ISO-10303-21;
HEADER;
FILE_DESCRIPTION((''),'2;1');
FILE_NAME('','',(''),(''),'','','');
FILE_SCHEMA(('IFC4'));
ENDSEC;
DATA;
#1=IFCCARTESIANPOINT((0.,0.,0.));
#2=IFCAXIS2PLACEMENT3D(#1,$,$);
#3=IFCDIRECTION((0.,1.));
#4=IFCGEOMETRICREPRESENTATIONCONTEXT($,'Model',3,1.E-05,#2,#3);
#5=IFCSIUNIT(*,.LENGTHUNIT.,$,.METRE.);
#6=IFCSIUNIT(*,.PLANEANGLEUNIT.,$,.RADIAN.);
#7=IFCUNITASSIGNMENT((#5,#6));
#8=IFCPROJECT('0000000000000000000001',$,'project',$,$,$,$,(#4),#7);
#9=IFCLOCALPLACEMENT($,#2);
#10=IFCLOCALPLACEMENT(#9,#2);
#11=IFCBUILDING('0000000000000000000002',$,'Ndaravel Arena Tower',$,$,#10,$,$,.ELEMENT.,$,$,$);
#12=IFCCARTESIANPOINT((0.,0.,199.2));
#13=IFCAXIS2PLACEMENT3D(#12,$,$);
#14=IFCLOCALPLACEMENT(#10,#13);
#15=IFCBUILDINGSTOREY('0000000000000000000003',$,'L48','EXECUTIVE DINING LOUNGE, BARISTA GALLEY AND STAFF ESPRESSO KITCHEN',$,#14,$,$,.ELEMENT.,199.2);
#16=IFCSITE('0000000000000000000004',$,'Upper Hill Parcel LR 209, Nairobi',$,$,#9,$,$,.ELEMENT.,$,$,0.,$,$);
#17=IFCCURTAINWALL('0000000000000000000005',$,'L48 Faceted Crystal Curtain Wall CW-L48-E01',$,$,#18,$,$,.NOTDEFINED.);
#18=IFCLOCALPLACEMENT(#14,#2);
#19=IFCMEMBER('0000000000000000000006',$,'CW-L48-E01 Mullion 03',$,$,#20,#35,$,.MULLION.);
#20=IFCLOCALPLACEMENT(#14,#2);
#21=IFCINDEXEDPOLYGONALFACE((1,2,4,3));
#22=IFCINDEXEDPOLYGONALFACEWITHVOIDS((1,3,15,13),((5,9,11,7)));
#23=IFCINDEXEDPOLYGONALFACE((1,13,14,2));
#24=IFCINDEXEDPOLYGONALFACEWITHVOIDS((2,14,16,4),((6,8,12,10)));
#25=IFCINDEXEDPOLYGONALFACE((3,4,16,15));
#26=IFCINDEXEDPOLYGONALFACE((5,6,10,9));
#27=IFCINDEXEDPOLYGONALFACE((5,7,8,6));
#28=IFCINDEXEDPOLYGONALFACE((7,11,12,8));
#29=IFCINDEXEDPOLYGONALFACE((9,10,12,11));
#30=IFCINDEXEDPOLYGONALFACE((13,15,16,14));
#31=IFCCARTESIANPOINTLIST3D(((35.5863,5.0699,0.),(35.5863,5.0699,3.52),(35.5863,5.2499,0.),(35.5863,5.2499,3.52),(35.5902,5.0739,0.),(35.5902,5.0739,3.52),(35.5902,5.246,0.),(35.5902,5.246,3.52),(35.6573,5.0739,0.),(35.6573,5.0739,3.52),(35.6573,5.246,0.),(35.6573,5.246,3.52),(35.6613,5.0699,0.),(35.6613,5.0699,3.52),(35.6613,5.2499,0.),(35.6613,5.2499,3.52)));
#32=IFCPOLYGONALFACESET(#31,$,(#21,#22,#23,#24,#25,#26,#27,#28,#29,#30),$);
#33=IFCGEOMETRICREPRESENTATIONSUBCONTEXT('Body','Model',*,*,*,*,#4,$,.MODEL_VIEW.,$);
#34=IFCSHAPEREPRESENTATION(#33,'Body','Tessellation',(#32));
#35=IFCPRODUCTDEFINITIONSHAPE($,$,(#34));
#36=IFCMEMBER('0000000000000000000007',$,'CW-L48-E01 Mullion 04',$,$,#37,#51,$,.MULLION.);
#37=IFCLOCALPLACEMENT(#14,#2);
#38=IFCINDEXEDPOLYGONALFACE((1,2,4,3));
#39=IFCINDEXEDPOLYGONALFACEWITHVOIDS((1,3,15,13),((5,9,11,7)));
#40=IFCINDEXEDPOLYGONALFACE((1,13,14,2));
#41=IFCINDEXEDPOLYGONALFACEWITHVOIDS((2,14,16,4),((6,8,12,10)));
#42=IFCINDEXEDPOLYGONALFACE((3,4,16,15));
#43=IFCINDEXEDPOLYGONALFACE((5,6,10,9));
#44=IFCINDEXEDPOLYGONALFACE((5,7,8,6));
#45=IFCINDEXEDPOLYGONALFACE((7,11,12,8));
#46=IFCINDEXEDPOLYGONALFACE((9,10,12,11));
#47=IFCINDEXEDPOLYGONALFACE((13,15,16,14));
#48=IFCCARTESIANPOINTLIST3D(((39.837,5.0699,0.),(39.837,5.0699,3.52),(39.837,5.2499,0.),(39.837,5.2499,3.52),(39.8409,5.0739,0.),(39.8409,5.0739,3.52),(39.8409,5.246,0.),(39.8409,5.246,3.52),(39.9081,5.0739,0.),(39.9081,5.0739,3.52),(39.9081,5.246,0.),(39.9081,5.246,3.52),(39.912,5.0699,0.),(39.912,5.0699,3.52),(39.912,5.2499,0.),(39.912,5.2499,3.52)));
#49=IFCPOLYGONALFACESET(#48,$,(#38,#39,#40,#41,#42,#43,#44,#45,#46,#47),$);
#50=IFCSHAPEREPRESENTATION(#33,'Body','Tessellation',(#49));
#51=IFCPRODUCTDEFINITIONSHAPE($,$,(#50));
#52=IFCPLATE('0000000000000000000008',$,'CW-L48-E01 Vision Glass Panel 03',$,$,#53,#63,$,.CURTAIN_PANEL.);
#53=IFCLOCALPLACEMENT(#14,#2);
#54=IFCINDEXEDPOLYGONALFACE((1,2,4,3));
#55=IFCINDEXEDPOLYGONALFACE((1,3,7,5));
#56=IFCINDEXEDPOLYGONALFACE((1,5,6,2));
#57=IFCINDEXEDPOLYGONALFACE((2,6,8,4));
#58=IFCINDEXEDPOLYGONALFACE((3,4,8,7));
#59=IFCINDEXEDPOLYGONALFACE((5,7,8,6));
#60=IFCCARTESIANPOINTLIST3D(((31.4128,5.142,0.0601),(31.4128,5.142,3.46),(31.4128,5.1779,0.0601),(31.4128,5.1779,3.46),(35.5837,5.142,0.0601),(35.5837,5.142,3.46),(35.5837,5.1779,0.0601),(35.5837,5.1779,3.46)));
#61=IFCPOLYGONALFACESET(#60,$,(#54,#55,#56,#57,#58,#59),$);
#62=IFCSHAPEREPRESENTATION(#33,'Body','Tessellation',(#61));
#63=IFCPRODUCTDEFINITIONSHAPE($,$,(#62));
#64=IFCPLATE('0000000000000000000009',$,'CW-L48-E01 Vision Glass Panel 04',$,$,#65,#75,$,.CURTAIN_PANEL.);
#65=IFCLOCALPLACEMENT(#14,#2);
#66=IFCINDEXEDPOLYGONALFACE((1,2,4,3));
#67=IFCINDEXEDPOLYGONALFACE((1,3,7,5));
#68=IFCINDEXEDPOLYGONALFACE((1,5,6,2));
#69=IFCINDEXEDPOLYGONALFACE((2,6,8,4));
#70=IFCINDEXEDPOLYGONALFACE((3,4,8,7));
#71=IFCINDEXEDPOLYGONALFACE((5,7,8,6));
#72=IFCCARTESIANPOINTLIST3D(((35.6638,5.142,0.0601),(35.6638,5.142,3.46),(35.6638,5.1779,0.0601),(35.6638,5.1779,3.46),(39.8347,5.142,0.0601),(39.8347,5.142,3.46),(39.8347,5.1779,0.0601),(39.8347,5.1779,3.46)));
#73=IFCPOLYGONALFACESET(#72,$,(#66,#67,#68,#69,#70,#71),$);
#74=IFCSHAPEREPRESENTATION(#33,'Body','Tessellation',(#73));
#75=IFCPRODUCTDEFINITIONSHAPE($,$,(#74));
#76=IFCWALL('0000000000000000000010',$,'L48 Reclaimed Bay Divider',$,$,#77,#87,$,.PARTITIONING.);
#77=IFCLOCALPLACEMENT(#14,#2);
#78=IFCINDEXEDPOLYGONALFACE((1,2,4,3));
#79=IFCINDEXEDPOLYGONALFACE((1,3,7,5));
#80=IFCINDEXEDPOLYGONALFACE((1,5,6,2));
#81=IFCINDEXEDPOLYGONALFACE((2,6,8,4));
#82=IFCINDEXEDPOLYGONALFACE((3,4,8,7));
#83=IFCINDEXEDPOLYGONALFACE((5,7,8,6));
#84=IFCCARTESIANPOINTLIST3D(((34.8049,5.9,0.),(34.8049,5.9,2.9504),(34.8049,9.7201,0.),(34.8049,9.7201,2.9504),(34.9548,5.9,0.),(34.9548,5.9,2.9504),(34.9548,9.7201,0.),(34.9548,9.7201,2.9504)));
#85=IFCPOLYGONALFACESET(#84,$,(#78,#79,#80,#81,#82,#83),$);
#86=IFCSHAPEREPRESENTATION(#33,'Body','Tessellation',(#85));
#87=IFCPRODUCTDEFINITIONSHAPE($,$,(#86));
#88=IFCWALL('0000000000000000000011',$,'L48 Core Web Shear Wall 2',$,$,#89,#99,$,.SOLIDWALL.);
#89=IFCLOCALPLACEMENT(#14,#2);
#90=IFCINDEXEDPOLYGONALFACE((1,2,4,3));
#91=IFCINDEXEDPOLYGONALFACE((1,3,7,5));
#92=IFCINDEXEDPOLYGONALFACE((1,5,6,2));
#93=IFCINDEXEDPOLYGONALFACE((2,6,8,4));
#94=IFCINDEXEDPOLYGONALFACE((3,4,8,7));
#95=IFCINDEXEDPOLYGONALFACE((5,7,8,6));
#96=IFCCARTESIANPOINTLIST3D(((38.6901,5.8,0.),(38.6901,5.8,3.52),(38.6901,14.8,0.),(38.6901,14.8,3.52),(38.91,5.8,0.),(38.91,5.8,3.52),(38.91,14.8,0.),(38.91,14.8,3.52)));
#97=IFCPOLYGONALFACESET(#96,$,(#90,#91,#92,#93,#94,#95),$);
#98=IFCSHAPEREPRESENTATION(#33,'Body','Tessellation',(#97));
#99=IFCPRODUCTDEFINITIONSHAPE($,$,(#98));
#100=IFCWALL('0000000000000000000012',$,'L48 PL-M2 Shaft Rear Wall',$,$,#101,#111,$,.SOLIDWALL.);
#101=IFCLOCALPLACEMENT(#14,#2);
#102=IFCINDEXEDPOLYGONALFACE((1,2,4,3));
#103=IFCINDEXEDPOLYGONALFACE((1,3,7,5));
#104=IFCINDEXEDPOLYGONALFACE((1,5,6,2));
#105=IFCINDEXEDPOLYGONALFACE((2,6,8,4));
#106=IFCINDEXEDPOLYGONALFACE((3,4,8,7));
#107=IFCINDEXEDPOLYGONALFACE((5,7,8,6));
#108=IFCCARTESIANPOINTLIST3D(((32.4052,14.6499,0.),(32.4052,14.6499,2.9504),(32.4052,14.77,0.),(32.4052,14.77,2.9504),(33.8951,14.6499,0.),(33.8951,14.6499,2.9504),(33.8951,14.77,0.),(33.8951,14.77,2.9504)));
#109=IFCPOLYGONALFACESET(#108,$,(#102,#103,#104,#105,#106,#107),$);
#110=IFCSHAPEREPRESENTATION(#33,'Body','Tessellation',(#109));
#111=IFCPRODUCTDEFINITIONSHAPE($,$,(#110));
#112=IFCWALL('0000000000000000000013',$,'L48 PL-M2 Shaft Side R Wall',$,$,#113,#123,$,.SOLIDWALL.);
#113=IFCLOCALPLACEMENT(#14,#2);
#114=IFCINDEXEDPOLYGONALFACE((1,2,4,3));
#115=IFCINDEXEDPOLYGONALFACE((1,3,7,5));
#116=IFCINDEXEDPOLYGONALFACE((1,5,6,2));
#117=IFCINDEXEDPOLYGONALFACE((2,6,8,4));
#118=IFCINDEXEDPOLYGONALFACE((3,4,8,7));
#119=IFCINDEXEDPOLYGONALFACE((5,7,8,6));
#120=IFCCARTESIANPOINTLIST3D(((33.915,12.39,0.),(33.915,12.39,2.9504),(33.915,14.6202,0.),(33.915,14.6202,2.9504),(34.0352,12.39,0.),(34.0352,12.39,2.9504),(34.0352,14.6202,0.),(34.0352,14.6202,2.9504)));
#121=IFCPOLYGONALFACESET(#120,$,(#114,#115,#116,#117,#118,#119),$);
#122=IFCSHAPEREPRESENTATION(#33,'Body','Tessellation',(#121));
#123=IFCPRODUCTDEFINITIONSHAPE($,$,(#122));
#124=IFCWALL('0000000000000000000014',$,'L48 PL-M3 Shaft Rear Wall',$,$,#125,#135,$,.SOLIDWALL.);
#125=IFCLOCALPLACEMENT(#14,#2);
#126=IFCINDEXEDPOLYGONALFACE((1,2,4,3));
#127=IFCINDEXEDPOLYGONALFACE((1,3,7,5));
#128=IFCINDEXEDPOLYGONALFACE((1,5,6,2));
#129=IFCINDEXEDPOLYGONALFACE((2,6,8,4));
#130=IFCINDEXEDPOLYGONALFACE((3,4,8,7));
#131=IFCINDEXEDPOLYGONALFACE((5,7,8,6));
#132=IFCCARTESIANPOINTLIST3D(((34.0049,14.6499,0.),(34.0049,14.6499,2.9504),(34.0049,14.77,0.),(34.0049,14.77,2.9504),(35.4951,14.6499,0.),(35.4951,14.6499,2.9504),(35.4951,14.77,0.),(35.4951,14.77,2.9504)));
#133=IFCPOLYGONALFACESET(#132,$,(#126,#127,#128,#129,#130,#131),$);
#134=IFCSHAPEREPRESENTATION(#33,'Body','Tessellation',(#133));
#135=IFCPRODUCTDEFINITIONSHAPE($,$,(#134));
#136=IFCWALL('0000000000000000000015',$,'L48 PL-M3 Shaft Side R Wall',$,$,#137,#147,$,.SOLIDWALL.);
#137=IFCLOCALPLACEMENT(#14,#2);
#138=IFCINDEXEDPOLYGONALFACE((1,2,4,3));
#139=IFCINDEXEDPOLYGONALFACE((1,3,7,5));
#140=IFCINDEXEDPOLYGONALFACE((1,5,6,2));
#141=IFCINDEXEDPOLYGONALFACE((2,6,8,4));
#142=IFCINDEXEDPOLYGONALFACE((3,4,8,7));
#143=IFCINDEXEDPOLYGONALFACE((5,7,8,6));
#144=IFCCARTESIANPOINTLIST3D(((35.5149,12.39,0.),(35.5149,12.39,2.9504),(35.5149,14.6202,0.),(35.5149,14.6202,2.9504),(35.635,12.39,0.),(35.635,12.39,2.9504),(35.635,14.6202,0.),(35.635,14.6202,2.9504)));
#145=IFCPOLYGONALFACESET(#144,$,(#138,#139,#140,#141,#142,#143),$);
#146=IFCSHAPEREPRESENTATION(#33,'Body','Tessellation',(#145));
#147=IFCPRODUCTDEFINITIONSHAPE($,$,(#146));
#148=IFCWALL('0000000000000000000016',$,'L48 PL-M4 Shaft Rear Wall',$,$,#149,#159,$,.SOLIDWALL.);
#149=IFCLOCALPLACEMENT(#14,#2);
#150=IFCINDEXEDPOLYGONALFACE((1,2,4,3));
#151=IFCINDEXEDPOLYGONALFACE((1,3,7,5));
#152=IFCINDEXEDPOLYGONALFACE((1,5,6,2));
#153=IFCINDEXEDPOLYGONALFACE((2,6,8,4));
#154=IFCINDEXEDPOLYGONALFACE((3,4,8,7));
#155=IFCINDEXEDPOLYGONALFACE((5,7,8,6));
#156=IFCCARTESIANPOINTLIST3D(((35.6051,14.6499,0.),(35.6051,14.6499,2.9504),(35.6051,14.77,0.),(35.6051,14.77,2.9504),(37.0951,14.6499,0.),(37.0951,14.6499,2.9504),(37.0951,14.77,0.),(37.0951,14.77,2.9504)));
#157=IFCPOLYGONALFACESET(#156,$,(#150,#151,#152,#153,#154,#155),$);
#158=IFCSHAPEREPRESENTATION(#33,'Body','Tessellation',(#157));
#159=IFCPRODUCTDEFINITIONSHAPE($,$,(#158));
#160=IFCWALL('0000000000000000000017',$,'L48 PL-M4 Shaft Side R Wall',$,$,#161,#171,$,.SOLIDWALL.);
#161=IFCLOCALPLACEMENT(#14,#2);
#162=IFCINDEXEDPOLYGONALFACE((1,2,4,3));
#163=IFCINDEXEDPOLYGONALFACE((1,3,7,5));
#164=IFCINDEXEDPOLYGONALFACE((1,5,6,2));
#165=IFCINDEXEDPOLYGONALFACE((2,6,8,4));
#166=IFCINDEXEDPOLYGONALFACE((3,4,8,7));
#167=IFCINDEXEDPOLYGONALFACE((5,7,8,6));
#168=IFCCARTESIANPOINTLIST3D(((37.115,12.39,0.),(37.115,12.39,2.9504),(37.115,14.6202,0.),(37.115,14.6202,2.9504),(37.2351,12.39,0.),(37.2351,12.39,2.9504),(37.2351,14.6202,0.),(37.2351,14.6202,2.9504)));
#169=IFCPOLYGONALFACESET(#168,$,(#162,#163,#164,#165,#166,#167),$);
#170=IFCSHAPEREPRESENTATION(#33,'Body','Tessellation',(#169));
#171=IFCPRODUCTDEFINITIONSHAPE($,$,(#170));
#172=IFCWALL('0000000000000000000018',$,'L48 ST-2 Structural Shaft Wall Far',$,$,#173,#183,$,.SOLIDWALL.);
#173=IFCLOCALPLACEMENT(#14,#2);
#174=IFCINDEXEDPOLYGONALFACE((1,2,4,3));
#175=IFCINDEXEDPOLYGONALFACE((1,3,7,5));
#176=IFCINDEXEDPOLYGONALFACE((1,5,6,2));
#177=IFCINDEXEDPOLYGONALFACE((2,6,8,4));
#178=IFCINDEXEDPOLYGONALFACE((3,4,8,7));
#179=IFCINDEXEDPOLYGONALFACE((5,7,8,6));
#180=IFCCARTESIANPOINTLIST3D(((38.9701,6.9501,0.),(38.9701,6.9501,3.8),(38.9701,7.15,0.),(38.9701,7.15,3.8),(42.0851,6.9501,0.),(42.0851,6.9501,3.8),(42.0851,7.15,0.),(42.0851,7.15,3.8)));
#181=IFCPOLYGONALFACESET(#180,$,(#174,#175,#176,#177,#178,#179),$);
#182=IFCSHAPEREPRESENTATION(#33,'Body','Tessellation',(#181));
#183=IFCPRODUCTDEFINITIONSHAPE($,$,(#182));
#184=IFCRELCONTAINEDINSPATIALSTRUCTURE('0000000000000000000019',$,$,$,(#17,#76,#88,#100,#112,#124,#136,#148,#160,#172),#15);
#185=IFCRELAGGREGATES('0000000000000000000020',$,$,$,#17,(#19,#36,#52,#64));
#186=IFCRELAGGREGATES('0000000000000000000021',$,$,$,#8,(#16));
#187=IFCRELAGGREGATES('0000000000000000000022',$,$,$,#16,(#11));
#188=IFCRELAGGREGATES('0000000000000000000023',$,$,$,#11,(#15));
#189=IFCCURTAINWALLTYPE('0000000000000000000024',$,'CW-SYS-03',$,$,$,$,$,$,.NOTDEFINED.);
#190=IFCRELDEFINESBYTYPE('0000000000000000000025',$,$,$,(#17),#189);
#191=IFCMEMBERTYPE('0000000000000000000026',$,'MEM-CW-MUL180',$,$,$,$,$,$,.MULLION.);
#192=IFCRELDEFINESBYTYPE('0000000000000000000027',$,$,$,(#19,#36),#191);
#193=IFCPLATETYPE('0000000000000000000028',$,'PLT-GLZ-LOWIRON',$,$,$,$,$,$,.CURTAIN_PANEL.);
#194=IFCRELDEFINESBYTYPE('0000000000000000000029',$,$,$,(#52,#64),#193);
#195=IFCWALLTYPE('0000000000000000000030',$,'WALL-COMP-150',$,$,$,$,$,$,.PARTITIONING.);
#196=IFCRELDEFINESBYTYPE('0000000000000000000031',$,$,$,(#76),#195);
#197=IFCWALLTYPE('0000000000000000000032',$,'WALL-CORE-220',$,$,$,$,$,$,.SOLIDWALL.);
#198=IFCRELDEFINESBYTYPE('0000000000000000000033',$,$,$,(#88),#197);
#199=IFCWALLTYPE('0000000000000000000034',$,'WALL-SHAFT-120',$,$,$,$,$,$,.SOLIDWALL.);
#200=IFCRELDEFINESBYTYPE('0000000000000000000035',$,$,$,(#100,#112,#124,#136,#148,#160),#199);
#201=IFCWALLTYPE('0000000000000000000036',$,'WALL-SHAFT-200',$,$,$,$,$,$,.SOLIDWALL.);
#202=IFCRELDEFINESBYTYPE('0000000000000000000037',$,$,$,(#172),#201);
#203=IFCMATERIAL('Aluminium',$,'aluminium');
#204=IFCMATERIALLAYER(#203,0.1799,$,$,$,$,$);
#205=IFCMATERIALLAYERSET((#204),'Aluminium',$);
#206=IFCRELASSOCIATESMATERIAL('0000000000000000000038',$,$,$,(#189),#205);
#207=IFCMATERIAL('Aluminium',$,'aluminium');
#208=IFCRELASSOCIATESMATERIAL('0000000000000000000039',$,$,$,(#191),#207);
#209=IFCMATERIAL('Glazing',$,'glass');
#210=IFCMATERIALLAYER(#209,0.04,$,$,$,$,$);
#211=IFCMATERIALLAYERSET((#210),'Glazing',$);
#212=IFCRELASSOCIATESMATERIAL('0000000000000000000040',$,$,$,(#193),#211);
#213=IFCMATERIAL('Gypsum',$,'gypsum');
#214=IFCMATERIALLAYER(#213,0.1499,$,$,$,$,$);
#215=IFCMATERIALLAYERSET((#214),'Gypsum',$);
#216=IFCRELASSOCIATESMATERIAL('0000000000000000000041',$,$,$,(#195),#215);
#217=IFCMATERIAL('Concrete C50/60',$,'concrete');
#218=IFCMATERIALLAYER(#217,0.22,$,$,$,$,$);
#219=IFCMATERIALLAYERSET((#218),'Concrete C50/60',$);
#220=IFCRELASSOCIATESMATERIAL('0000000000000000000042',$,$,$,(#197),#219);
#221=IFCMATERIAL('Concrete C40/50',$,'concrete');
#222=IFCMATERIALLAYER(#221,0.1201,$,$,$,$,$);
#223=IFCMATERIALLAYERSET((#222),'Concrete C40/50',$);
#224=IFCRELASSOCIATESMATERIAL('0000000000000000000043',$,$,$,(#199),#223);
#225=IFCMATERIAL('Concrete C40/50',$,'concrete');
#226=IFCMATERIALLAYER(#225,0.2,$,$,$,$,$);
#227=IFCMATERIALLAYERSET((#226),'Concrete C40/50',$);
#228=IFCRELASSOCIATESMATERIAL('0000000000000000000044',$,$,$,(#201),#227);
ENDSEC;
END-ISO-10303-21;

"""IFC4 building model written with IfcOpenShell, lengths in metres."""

from ifc_helpers import new_model, si_unit, direction, frame, frame_2d, origin, origin_2d, place, context, subcontext, project, spatial, rectangle, hollow_rectangle, extrude, material, layer, layer_set, material_profile, profile_set, type_object, element, aggregate, save


model = new_model("IFC4")

# Units and contexts
model_context = context("Model", 3, precision=1e-05, world=origin(), true_north=direction((0.0, 1.0)))
body_context = subcontext(model_context, "Body", "Model", "MODEL_VIEW")
ifc_project = project(units=[si_unit("LENGTHUNIT", "METRE"), si_unit("PLANEANGLEUNIT", "RADIAN")], contexts=[model_context])

# Site, building, storey
site_placement = place(None, origin())
site = spatial("IfcSite", under=ifc_project, at=site_placement, Name="Upper Hill Parcel LR 209, Nairobi", CompositionType="ELEMENT", RefElevation=0.0)
building_placement = place(site_placement, origin())
building = spatial("IfcBuilding", under=site, at=building_placement, Name="Ndaravel Arena Tower", CompositionType="ELEMENT")
storey_placement = place(building_placement, frame((0.0, 0.0, 199.2)))
storey = spatial("IfcBuildingStorey", under=building, at=storey_placement, Name="L48", Description="EXECUTIVE DINING LOUNGE, BARISTA GALLEY AND STAFF ESPRESSO KITCHEN", CompositionType="ELEMENT", Elevation=199.2)

# Curtain wall, members, plates
ifc_material_1 = material(Name="Aluminium", Category="aluminium")
ifc_layer_1 = layer(ifc_material_1, 0.1799)
ifc_layer_set_1 = layer_set([ifc_layer_1], Name="Aluminium")
curtain_wall_type = type_object("IfcCurtainWallType", Name="CW-SYS-03", PredefinedType="NOTDEFINED", material=ifc_layer_set_1)
curtain_wall_placement = place(storey_placement, origin())
curtain_wall = element("IfcCurtainWall", 1, at=curtain_wall_placement, inside=storey, type_object=curtain_wall_type, Name="L48 Faceted Crystal Curtain Wall CW-L48-E01", PredefinedType="NOTDEFINED")
ifc_material_2 = material(Name="Aluminium", Category="aluminium")
ifc_material_profile = material_profile(ifc_material_2, hollow_rectangle(XDim=0.075, YDim=0.1799, WallThickness=0.0039, at=origin_2d()), Name="CW MULLION 75x180x4")
ifc_profile_set = profile_set([ifc_material_profile], Name="Aluminium")
member_type = type_object("IfcMemberType", Name="MEM-CW-MUL180", PredefinedType="MULLION", material=ifc_profile_set)
member_1_placement = place(storey_placement, frame((35.6238, 5.1599, 0.0), z_axis=(0.0, 0.0, 1.0), x_axis=(1.0, 0.0, 0.0)))
member_1 = element("IfcMember", 2, at=member_1_placement, type_object=member_type, Name="CW-L48-E01 Mullion 03", PredefinedType="MULLION", context=body_context, shape_type="SweptSolid", body=[
    extrude(hollow_rectangle(XDim=0.075, YDim=0.1799, WallThickness=0.0039, at=origin_2d()), origin(), (0.0, 0.0, 1.0), 3.52),
])
member_2_placement = place(storey_placement, frame((39.8745, 5.1599, 0.0), z_axis=(0.0, 0.0, 1.0), x_axis=(1.0, 0.0, 0.0)))
member_2 = element("IfcMember", 3, at=member_2_placement, type_object=member_type, Name="CW-L48-E01 Mullion 04", PredefinedType="MULLION", context=body_context, shape_type="SweptSolid", body=[
    extrude(hollow_rectangle(XDim=0.075, YDim=0.1799, WallThickness=0.0039, at=origin_2d()), origin(), (0.0, 0.0, 1.0), 3.52),
])
ifc_material_3 = material(Name="Glazing", Category="glass")
ifc_layer_2 = layer(ifc_material_3, 0.04)
ifc_layer_set_2 = layer_set([ifc_layer_2], Name="Glazing")
plate_type = type_object("IfcPlateType", Name="PLT-GLZ-LOWIRON", PredefinedType="CURTAIN_PANEL", material=ifc_layer_set_2)
plate_1_placement = place(storey_placement, frame((33.4983, 5.1599, 0.0601), z_axis=(0.0, 0.0, 1.0), x_axis=(1.0, 0.0, 0.0)))
plate_1 = element("IfcPlate", 4, at=plate_1_placement, type_object=plate_type, Name="CW-L48-E01 Vision Glass Panel 03", PredefinedType="CURTAIN_PANEL", context=body_context, shape_type="SweptSolid", body=[
    extrude(rectangle(XDim=4.1709, YDim=0.0359, at=origin_2d()), origin(), (0.0, 0.0, 1.0), 3.3999),
])
plate_2_placement = place(storey_placement, frame((37.7493, 5.1599, 0.0601), z_axis=(0.0, 0.0, 1.0), x_axis=(1.0, 0.0, 0.0)))
plate_2 = element("IfcPlate", 5, at=plate_2_placement, type_object=plate_type, Name="CW-L48-E01 Vision Glass Panel 04", PredefinedType="CURTAIN_PANEL", context=body_context, shape_type="SweptSolid", body=[
    extrude(rectangle(XDim=4.1709, YDim=0.0359, at=origin_2d()), origin(), (0.0, 0.0, 1.0), 3.3999),
])
aggregate(curtain_wall, [member_1, member_2, plate_1, plate_2])

# Walls
ifc_material_4 = material(Name="Gypsum", Category="gypsum")
ifc_layer_3 = layer(ifc_material_4, 0.1499)
ifc_layer_set_3 = layer_set([ifc_layer_3], Name="Gypsum")
wall_type_1 = type_object("IfcWallType", Name="WALL-COMP-150", PredefinedType="PARTITIONING", material=ifc_layer_set_3)
wall_1_placement = place(storey_placement, frame((34.8799, 5.8999, 0.0), z_axis=(0.0, 0.0, 1.0), x_axis=(0.0, 1.0, 0.0)))
element("IfcWall", 6, at=wall_1_placement, inside=storey, type_object=wall_type_1, Name="L48 Reclaimed Bay Divider", PredefinedType="PARTITIONING", context=body_context, shape_type="SweptSolid", body=[
    extrude(rectangle(XDim=3.8201, YDim=0.1499, at=frame_2d((1.9102, 0.0))), origin(), (0.0, 0.0, 1.0), 2.9504),
])
ifc_material_5 = material(Name="Concrete C50/60", Category="concrete")
ifc_layer_4 = layer(ifc_material_5, 0.22)
ifc_layer_set_4 = layer_set([ifc_layer_4], Name="Concrete C50/60")
wall_type_2 = type_object("IfcWallType", Name="WALL-CORE-220", PredefinedType="SOLIDWALL", material=ifc_layer_set_4)
wall_2_placement = place(storey_placement, frame((38.8, 5.8, 0.0), z_axis=(0.0, 0.0, 1.0), x_axis=(0.0, 1.0, 0.0)))
element("IfcWall", 7, at=wall_2_placement, inside=storey, type_object=wall_type_2, Name="L48 Core Web Shear Wall 2", PredefinedType="SOLIDWALL", context=body_context, shape_type="SweptSolid", body=[
    extrude(rectangle(XDim=9.0, YDim=0.22, at=frame_2d((4.5, 0.0))), origin(), (0.0, 0.0, 1.0), 3.52),
])
ifc_material_6 = material(Name="Concrete C40/50", Category="concrete")
ifc_layer_5 = layer(ifc_material_6, 0.1201)
ifc_layer_set_5 = layer_set([ifc_layer_5], Name="Concrete C40/50")
wall_type_3 = type_object("IfcWallType", Name="WALL-SHAFT-120", PredefinedType="SOLIDWALL", material=ifc_layer_set_5)
wall_3_placement = place(storey_placement, frame((32.405, 14.71, 0.0), z_axis=(0.0, 0.0, 1.0), x_axis=(1.0, 0.0, 0.0)))
element("IfcWall", 8, at=wall_3_placement, inside=storey, type_object=wall_type_3, Name="L48 PL-M2 Shaft Rear Wall", PredefinedType="SOLIDWALL", context=body_context, shape_type="SweptSolid", body=[
    extrude(rectangle(XDim=1.49, YDim=0.1201, at=frame_2d((0.7451, 0.0))), origin(), (0.0, 0.0, 1.0), 2.9504),
])
wall_4_placement = place(storey_placement, frame((33.9751, 12.3899, 0.0), z_axis=(0.0, 0.0, 1.0), x_axis=(0.0, 1.0, 0.0)))
element("IfcWall", 9, at=wall_4_placement, inside=storey, type_object=wall_type_3, Name="L48 PL-M2 Shaft Side R Wall", PredefinedType="SOLIDWALL", context=body_context, shape_type="SweptSolid", body=[
    extrude(rectangle(XDim=2.2302, YDim=0.1201, at=frame_2d((1.1152, 0.0))), origin(), (0.0, 0.0, 1.0), 2.9504),
])
wall_5_placement = place(storey_placement, frame((34.0049, 14.71, 0.0), z_axis=(0.0, 0.0, 1.0), x_axis=(1.0, 0.0, 0.0)))
element("IfcWall", 10, at=wall_5_placement, inside=storey, type_object=wall_type_3, Name="L48 PL-M3 Shaft Rear Wall", PredefinedType="SOLIDWALL", context=body_context, shape_type="SweptSolid", body=[
    extrude(rectangle(XDim=1.4902, YDim=0.1201, at=frame_2d((0.7451, 0.0))), origin(), (0.0, 0.0, 1.0), 2.9504),
])
wall_6_placement = place(storey_placement, frame((35.575, 12.3899, 0.0), z_axis=(0.0, 0.0, 1.0), x_axis=(0.0, 1.0, 0.0)))
element("IfcWall", 11, at=wall_6_placement, inside=storey, type_object=wall_type_3, Name="L48 PL-M3 Shaft Side R Wall", PredefinedType="SOLIDWALL", context=body_context, shape_type="SweptSolid", body=[
    extrude(rectangle(XDim=2.2302, YDim=0.1201, at=frame_2d((1.1152, 0.0))), origin(), (0.0, 0.0, 1.0), 2.9504),
])
wall_7_placement = place(storey_placement, frame((35.605, 14.71, 0.0), z_axis=(0.0, 0.0, 1.0), x_axis=(1.0, 0.0, 0.0)))
element("IfcWall", 12, at=wall_7_placement, inside=storey, type_object=wall_type_3, Name="L48 PL-M4 Shaft Rear Wall", PredefinedType="SOLIDWALL", context=body_context, shape_type="SweptSolid", body=[
    extrude(rectangle(XDim=1.49, YDim=0.1201, at=frame_2d((0.7451, 0.0))), origin(), (0.0, 0.0, 1.0), 2.9504),
])
wall_8_placement = place(storey_placement, frame((37.175, 12.3899, 0.0), z_axis=(0.0, 0.0, 1.0), x_axis=(0.0, 1.0, 0.0)))
element("IfcWall", 13, at=wall_8_placement, inside=storey, type_object=wall_type_3, Name="L48 PL-M4 Shaft Side R Wall", PredefinedType="SOLIDWALL", context=body_context, shape_type="SweptSolid", body=[
    extrude(rectangle(XDim=2.2302, YDim=0.1201, at=frame_2d((1.1152, 0.0))), origin(), (0.0, 0.0, 1.0), 2.9504),
])
ifc_material_7 = material(Name="Concrete C40/50", Category="concrete")
ifc_layer_6 = layer(ifc_material_7, 0.2)
ifc_layer_set_6 = layer_set([ifc_layer_6], Name="Concrete C40/50")
wall_type_4 = type_object("IfcWallType", Name="WALL-SHAFT-200", PredefinedType="SOLIDWALL", material=ifc_layer_set_6)
wall_9_placement = place(storey_placement, frame((38.97, 7.05, 0.0), z_axis=(0.0, 0.0, 1.0), x_axis=(1.0, 0.0, 0.0)))
element("IfcWall", 14, at=wall_9_placement, inside=storey, type_object=wall_type_4, Name="L48 ST-2 Structural Shaft Wall Far", PredefinedType="SOLIDWALL", context=body_context, shape_type="SweptSolid", body=[
    extrude(rectangle(XDim=3.115, YDim=0.2, at=frame_2d((1.5576, 0.0))), origin(), (0.0, 0.0, 1.0), 3.8),
])

save(model, "model.ifc")
